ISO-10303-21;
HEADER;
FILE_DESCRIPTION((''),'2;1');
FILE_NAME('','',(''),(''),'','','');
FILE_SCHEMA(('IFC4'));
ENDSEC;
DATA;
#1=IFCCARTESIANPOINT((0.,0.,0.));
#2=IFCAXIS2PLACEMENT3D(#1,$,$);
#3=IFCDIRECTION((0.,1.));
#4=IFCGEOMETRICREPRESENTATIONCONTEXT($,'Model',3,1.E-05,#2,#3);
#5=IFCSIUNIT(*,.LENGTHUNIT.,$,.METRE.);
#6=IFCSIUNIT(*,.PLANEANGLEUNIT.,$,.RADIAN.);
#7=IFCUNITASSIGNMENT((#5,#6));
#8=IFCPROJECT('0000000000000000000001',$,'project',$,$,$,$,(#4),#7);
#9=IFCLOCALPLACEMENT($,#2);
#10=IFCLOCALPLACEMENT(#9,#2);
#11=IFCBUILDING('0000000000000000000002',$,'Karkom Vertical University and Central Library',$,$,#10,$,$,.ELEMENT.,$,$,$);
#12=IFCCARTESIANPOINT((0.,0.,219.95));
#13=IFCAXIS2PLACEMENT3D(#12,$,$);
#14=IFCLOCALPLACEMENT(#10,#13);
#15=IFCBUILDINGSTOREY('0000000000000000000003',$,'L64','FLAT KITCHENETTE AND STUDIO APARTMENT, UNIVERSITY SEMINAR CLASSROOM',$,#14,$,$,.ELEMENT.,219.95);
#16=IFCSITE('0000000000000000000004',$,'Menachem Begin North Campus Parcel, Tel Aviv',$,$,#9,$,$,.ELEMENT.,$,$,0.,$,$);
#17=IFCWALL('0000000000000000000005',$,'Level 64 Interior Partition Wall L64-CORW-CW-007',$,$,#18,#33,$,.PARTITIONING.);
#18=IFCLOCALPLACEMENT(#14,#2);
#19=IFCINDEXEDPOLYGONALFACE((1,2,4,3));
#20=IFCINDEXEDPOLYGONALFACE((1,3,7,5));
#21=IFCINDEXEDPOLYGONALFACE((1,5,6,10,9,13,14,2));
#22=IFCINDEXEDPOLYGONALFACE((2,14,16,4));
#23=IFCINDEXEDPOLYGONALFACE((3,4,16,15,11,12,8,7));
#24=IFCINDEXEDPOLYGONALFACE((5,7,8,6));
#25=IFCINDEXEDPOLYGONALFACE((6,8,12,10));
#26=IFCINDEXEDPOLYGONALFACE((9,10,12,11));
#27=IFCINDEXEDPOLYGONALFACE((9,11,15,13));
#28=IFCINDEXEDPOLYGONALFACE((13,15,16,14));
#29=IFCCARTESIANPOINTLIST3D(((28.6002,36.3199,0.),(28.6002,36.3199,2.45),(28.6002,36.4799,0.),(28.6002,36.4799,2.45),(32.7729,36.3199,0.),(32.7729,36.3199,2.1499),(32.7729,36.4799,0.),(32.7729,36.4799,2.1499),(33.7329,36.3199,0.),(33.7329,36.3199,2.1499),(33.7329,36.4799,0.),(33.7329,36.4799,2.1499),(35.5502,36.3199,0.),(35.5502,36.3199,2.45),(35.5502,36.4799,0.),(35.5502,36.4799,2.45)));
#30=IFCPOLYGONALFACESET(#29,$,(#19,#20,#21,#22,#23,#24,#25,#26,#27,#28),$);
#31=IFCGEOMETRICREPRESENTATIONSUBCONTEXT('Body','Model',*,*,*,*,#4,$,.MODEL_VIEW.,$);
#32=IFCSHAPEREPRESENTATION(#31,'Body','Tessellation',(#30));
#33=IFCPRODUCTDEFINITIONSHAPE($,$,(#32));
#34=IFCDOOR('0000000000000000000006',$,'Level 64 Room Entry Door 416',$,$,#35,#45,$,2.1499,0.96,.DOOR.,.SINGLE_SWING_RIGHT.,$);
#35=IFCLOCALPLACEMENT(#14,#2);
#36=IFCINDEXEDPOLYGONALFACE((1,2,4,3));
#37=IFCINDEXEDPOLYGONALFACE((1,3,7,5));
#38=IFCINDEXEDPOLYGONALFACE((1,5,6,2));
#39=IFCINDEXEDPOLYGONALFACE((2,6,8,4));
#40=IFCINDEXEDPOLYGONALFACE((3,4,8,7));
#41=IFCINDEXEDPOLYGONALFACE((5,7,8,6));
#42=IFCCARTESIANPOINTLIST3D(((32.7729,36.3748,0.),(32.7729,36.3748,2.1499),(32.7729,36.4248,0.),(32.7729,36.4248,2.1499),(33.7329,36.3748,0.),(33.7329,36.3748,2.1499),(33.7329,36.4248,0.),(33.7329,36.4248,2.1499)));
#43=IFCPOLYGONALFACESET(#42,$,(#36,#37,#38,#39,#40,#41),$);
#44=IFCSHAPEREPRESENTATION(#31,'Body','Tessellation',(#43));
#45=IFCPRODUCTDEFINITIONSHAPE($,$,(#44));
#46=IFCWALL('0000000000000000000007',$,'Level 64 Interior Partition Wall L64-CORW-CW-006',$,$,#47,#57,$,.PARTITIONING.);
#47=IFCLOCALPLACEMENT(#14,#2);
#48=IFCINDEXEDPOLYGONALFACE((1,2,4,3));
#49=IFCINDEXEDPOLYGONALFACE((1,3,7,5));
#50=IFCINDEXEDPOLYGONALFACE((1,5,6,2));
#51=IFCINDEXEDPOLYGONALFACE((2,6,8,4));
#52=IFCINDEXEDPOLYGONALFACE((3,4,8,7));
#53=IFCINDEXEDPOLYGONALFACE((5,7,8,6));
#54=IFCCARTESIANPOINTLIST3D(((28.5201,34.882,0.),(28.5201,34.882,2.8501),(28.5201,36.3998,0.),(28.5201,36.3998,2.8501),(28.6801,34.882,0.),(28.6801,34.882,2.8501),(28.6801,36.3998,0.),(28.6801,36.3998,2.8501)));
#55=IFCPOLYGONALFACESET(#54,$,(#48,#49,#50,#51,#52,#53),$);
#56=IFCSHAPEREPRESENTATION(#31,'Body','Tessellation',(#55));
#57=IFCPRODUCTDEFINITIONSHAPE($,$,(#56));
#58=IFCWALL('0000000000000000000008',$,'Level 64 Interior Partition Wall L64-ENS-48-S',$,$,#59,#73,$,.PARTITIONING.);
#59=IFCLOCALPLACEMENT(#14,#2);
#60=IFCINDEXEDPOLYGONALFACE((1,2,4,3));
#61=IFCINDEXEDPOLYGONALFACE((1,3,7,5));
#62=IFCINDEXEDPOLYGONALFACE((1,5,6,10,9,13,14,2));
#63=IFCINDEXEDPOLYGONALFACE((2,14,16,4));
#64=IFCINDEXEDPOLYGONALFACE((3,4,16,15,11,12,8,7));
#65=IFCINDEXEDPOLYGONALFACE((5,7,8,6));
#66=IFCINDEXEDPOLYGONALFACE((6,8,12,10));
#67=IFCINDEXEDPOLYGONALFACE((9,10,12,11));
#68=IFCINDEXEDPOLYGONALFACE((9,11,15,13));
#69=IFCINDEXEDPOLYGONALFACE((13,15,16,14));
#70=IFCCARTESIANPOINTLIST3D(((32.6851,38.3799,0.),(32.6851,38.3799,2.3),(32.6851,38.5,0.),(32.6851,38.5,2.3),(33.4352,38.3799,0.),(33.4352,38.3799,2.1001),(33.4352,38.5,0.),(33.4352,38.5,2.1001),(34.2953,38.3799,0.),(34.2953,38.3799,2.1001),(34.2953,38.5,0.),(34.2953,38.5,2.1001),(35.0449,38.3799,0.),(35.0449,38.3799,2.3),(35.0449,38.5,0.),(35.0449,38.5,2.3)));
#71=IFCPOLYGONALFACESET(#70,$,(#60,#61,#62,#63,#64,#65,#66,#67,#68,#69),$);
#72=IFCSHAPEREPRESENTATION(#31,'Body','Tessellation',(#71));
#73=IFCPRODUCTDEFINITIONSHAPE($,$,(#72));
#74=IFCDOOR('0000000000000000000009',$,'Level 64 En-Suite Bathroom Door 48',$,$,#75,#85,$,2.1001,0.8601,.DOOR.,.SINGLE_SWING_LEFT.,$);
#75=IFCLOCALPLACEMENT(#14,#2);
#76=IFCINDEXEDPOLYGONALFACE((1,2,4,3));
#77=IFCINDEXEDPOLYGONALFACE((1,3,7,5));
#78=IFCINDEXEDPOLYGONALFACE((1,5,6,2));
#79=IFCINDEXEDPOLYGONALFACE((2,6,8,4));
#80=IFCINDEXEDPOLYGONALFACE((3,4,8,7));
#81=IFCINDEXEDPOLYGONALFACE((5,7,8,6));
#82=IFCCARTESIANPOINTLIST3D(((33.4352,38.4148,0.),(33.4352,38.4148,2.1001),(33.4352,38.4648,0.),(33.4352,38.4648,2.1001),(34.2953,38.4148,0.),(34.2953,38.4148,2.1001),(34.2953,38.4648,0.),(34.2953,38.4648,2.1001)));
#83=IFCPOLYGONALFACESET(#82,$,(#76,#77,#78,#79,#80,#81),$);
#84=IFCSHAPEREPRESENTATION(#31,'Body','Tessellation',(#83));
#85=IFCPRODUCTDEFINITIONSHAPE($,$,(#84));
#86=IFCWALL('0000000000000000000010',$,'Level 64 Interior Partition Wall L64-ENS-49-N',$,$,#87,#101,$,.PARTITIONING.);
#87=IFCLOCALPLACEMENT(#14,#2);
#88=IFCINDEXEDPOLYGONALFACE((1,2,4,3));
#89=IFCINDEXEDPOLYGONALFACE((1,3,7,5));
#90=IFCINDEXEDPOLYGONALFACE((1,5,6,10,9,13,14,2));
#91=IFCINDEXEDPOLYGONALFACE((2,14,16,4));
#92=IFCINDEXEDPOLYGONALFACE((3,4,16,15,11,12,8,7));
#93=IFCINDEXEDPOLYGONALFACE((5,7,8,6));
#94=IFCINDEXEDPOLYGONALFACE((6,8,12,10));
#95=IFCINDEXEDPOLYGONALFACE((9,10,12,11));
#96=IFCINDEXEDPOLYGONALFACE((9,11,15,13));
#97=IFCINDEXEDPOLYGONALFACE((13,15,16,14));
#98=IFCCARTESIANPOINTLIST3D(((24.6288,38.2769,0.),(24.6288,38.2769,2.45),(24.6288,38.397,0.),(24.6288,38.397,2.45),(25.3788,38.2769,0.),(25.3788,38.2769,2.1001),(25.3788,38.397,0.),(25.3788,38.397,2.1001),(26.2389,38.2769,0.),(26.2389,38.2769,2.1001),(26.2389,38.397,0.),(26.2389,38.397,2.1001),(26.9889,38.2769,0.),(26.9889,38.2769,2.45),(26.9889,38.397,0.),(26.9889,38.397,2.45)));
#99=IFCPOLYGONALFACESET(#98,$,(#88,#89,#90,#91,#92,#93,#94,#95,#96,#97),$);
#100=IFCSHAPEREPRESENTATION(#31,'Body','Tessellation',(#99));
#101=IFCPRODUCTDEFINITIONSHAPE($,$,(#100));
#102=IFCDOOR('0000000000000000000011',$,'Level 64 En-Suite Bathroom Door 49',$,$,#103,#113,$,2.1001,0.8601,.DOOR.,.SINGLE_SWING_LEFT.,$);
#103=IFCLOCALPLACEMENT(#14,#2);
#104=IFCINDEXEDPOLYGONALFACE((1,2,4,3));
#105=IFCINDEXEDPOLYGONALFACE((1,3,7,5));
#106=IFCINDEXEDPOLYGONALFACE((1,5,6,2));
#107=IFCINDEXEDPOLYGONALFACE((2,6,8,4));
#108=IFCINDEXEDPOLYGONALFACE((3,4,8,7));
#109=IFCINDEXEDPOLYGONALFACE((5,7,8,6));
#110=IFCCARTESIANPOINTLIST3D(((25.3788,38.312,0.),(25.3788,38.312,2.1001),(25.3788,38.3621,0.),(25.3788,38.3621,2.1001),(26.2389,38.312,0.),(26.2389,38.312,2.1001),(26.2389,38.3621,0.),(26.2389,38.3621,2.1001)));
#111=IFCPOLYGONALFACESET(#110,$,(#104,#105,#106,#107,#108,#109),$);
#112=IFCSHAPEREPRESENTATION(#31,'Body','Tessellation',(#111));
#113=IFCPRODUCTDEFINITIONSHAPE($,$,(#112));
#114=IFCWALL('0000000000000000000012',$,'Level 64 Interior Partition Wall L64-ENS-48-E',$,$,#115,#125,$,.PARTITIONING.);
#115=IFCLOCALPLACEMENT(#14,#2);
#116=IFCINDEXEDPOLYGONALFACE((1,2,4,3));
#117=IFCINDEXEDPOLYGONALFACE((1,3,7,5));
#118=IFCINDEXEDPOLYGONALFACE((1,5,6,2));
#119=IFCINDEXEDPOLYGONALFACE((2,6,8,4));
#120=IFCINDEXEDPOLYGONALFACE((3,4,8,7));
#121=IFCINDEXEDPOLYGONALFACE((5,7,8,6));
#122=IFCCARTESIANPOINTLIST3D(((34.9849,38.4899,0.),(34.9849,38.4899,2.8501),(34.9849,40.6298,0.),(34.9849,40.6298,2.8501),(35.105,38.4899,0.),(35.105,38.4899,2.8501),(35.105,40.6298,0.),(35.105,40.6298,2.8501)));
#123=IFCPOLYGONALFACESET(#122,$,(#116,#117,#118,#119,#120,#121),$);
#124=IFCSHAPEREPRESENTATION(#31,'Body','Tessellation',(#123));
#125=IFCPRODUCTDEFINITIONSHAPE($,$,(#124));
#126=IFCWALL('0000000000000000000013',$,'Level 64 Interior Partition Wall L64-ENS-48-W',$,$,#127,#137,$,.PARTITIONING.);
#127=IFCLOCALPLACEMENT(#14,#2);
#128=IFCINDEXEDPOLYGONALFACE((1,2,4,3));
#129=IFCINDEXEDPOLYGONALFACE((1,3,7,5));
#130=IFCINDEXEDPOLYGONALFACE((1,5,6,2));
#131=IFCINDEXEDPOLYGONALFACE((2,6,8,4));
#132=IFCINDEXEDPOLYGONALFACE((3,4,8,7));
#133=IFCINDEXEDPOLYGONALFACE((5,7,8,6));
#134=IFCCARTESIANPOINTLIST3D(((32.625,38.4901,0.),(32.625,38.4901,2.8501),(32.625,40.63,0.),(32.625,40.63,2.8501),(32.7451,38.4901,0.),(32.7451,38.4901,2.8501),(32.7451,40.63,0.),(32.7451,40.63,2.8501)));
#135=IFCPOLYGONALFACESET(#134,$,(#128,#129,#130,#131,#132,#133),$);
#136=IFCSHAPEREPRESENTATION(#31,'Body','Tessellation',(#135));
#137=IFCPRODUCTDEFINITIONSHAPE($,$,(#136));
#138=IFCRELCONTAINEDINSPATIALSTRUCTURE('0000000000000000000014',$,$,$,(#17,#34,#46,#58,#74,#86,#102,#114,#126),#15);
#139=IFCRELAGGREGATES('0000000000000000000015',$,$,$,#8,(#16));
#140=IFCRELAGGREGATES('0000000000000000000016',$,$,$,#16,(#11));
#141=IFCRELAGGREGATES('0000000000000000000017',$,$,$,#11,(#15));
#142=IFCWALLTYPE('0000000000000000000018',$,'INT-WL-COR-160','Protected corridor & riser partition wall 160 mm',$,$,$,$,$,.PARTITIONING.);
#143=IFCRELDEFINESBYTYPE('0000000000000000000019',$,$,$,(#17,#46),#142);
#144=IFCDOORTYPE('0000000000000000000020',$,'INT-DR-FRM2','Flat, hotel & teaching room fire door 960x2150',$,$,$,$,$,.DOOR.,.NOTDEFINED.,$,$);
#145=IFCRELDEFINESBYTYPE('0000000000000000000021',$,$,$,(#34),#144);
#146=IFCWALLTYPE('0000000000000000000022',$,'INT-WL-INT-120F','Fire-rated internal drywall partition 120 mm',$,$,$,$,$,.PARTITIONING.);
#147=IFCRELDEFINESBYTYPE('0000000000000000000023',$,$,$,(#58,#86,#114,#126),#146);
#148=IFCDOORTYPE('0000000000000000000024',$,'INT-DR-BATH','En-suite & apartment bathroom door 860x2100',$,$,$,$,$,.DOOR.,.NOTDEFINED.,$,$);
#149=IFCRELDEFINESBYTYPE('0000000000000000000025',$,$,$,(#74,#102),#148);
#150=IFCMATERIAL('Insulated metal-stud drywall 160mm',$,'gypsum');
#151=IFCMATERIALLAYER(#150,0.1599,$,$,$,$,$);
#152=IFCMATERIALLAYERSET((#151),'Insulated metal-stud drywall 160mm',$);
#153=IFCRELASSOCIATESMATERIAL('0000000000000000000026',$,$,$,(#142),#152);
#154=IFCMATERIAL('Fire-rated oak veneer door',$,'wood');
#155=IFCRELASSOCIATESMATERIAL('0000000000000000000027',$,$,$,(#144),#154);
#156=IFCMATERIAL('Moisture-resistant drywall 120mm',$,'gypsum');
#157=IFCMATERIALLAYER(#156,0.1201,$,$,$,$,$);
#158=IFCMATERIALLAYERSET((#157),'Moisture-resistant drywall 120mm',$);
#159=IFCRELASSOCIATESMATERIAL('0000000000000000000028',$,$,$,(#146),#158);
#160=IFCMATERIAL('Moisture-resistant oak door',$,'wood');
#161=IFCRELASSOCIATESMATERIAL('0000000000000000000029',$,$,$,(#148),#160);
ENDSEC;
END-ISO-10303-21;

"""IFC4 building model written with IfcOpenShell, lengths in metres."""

from ifc_helpers import new_model, si_unit, direction, frame, frame_2d, origin, origin_with_axes, place, context, subcontext, project, spatial, rectangle, extrude, source, transform, mapped, material, layer, layer_set, type_object, element, fill, save


model = new_model("IFC4")

# Units and contexts
model_context = context("Model", 3, precision=1e-05, world=origin(), true_north=direction((0.0, 1.0)))
body_context = subcontext(model_context, "Body", "Model", "MODEL_VIEW")
ifc_project = project(units=[si_unit("LENGTHUNIT", "METRE"), si_unit("PLANEANGLEUNIT", "RADIAN")], contexts=[model_context])

# Site, building, storey
site_placement = place(None, origin())
site = spatial("IfcSite", under=ifc_project, at=site_placement, Name="Menachem Begin North Campus Parcel, Tel Aviv", CompositionType="ELEMENT", RefElevation=0.0)
building_placement = place(site_placement, origin())
building = spatial("IfcBuilding", under=site, at=building_placement, Name="Karkom Vertical University and Central Library", CompositionType="ELEMENT")
storey_placement = place(building_placement, frame((0.0, 0.0, 219.95)))
storey = spatial("IfcBuildingStorey", under=building, at=storey_placement, Name="L64", Description="FLAT KITCHENETTE AND STUDIO APARTMENT, UNIVERSITY SEMINAR CLASSROOM", CompositionType="ELEMENT", Elevation=219.95)

# Shared definitions
ifc_material_1 = material(Name="Insulated metal-stud drywall 160mm", Category="gypsum")
ifc_layer_1 = layer(ifc_material_1, 0.1599)
ifc_layer_set_1 = layer_set([ifc_layer_1], Name="Insulated metal-stud drywall 160mm")
wall_type_1 = type_object("IfcWallType", Name="INT-WL-COR-160", Description="Protected corridor & riser partition wall 160 mm", PredefinedType="PARTITIONING", material=ifc_layer_set_1)

# Wall, opening, door
wall_1_placement = place(storey_placement, frame((28.6001, 36.3999, 0.0), z_axis=(0.0, 0.0, 1.0), x_axis=(1.0, 0.0, 0.0)))
wall_1 = element("IfcWall", 1, at=wall_1_placement, inside=storey, type_object=wall_type_1, Name="Level 64 Interior Partition Wall L64-CORW-CW-007", PredefinedType="PARTITIONING", context=body_context, shape_type="SweptSolid", body=[
    extrude(rectangle(XDim=6.95, YDim=0.1599, at=frame_2d((3.4751, 0.0))), origin(), (0.0, 0.0, 1.0), 2.45),
])
opening_1_placement = place(wall_1_placement, frame((4.1729, 0.0, 0.0)))
opening_1 = element("IfcOpeningElement", 2, at=opening_1_placement, cuts=wall_1, PredefinedType="OPENING", context=body_context, shape_type="SweptSolid", body=[
    extrude(rectangle(XDim=0.96, YDim=2.1499, at=frame_2d((0.48, 1.075))), frame((0.0, 0.0898, 0.0), z_axis=(0.0, -1.0, 0.0), x_axis=(1.0, 0.0, 0.0)), (0.0, 0.0, 1.0), 0.1799),
])
ifc_material_2 = material(Name="Fire-rated oak veneer door", Category="wood")
door_type_1 = type_object("IfcDoorType", Name="INT-DR-FRM2", Description="Flat, hotel & teaching room fire door 960x2150", OperationType="NOTDEFINED", PredefinedType="DOOR", material=ifc_material_2)
shared_shape_1 = source(origin_with_axes(), body_context, "Body", "SweptSolid", [
    extrude(rectangle(XDim=0.96, YDim=2.1499, at=frame_2d((0.48, 1.075))), frame((0.0, 0.0249, 0.0), z_axis=(0.0, -1.0, 0.0), x_axis=(1.0, 0.0, 0.0)), (0.0, 0.0, 1.0), 0.05),
])
door_1_placement = place(opening_1_placement, origin())
door_1 = element("IfcDoor", 3, at=door_1_placement, inside=storey, type_object=door_type_1, Name="Level 64 Room Entry Door 416", OperationType="SINGLE_SWING_RIGHT", OverallHeight=2.1499, OverallWidth=0.96, PredefinedType="DOOR", context=body_context, shape_type="MappedRepresentation", body=[
    mapped(shared_shape_1, transform((0.0, 0.0, 0.0), scale=1.0)),
])
fill(opening_1, door_1)

# Wall
wall_2_placement = place(storey_placement, frame((28.6001, 34.8821, 0.0), z_axis=(0.0, 0.0, 1.0), x_axis=(0.0, 1.0, 0.0)))
element("IfcWall", 4, at=wall_2_placement, inside=storey, type_object=wall_type_1, Name="Level 64 Interior Partition Wall L64-CORW-CW-006", PredefinedType="PARTITIONING", context=body_context, shape_type="SweptSolid", body=[
    extrude(rectangle(XDim=1.5178, YDim=0.1599, at=frame_2d((0.7588, 0.0))), origin(), (0.0, 0.0, 1.0), 2.8501),
])

# Walls, openings, doors
ifc_material_3 = material(Name="Moisture-resistant drywall 120mm", Category="gypsum")
ifc_layer_2 = layer(ifc_material_3, 0.1201)
ifc_layer_set_2 = layer_set([ifc_layer_2], Name="Moisture-resistant drywall 120mm")
wall_type_2 = type_object("IfcWallType", Name="INT-WL-INT-120F", Description="Fire-rated internal drywall partition 120 mm", PredefinedType="PARTITIONING", material=ifc_layer_set_2)
wall_3_placement = place(storey_placement, frame((32.6851, 38.4399, 0.0), z_axis=(0.0, 0.0, 1.0), x_axis=(1.0, 0.0, 0.0)))
wall_3 = element("IfcWall", 5, at=wall_3_placement, inside=storey, type_object=wall_type_2, Name="Level 64 Interior Partition Wall L64-ENS-48-S", PredefinedType="PARTITIONING", context=body_context, shape_type="SweptSolid", body=[
    extrude(rectangle(XDim=2.3599, YDim=0.1201, at=frame_2d((1.1799, 0.0))), origin(), (0.0, 0.0, 1.0), 2.3),
])
opening_2_placement = place(wall_3_placement, frame((0.75, 0.0, 0.0)))
opening_2 = element("IfcOpeningElement", 6, at=opening_2_placement, cuts=wall_3, PredefinedType="OPENING", context=body_context, shape_type="SweptSolid", body=[
    extrude(rectangle(XDim=0.8601, YDim=2.1001, at=frame_2d((0.4302, 1.05))), frame((0.0, 0.0701, 0.0), z_axis=(0.0, -1.0, 0.0), x_axis=(1.0, 0.0, 0.0)), (0.0, 0.0, 1.0), 0.1401),
])
ifc_material_4 = material(Name="Moisture-resistant oak door", Category="wood")
door_type_2 = type_object("IfcDoorType", Name="INT-DR-BATH", Description="En-suite & apartment bathroom door 860x2100", OperationType="NOTDEFINED", PredefinedType="DOOR", material=ifc_material_4)
shared_shape_2 = source(origin_with_axes(), body_context, "Body", "SweptSolid", [
    extrude(rectangle(XDim=0.8601, YDim=2.1001, at=frame_2d((0.4302, 1.05))), frame((0.0, 0.0249, 0.0), z_axis=(0.0, -1.0, 0.0), x_axis=(1.0, 0.0, 0.0)), (0.0, 0.0, 1.0), 0.05),
])
door_2_placement = place(opening_2_placement, origin())
door_2 = element("IfcDoor", 7, at=door_2_placement, inside=storey, type_object=door_type_2, Name="Level 64 En-Suite Bathroom Door 48", OperationType="SINGLE_SWING_LEFT", OverallHeight=2.1001, OverallWidth=0.8601, PredefinedType="DOOR", context=body_context, shape_type="MappedRepresentation", body=[
    mapped(shared_shape_2, transform((0.0, 0.0, 0.0), scale=1.0)),
])
fill(opening_2, door_2)
wall_4_placement = place(storey_placement, frame((26.989, 38.3369, 0.0), z_axis=(0.0, 0.0, 1.0), x_axis=(-1.0, 0.0, 0.0)))
wall_4 = element("IfcWall", 8, at=wall_4_placement, inside=storey, type_object=wall_type_2, Name="Level 64 Interior Partition Wall L64-ENS-49-N", PredefinedType="PARTITIONING", context=body_context, shape_type="SweptSolid", body=[
    extrude(rectangle(XDim=2.3601, YDim=0.1201, at=frame_2d((1.1802, 0.0))), origin(), (0.0, 0.0, 1.0), 2.45),
])
opening_3_placement = place(wall_4_placement, frame((0.75, 0.0, 0.0)))
opening_3 = element("IfcOpeningElement", 9, at=opening_3_placement, cuts=wall_4, PredefinedType="OPENING", context=body_context, shape_type="SweptSolid", body=[
    extrude(rectangle(XDim=0.8601, YDim=2.1001, at=frame_2d((0.4302, 1.05))), frame((0.0, 0.0701, 0.0), z_axis=(0.0, -1.0, 0.0), x_axis=(1.0, 0.0, 0.0)), (0.0, 0.0, 1.0), 0.1401),
])
door_3_placement = place(opening_3_placement, origin())
door_3 = element("IfcDoor", 10, at=door_3_placement, inside=storey, type_object=door_type_2, Name="Level 64 En-Suite Bathroom Door 49", OperationType="SINGLE_SWING_LEFT", OverallHeight=2.1001, OverallWidth=0.8601, PredefinedType="DOOR", context=body_context, shape_type="MappedRepresentation", body=[
    mapped(shared_shape_2, transform((0.0, 0.0, 0.0), scale=1.0)),
])
fill(opening_3, door_3)

# Walls
for number, where, z_axis, x_axis, name in (
    (11, (35.0449, 38.49, 0.0), (0.0, 0.0, 1.0), (0.0, 1.0, 0.0), "Level 64 Interior Partition Wall L64-ENS-48-E"),
    (12, (32.6851, 40.6299, 0.0), (0.0, 0.0, 1.0), (0.0, -1.0, 0.0), "Level 64 Interior Partition Wall L64-ENS-48-W"),
):
    element("IfcWall", number, at=place(storey_placement, frame(where, z_axis=z_axis, x_axis=x_axis)), inside=storey, type_object=wall_type_2, Name=name, PredefinedType="PARTITIONING", context=body_context, shape_type="SweptSolid", body=[
        extrude(rectangle(XDim=2.1399, YDim=0.1201, at=frame_2d((1.0698, 0.0))), origin(), (0.0, 0.0, 1.0), 2.8501),
    ])

save(model, "model.ifc")
